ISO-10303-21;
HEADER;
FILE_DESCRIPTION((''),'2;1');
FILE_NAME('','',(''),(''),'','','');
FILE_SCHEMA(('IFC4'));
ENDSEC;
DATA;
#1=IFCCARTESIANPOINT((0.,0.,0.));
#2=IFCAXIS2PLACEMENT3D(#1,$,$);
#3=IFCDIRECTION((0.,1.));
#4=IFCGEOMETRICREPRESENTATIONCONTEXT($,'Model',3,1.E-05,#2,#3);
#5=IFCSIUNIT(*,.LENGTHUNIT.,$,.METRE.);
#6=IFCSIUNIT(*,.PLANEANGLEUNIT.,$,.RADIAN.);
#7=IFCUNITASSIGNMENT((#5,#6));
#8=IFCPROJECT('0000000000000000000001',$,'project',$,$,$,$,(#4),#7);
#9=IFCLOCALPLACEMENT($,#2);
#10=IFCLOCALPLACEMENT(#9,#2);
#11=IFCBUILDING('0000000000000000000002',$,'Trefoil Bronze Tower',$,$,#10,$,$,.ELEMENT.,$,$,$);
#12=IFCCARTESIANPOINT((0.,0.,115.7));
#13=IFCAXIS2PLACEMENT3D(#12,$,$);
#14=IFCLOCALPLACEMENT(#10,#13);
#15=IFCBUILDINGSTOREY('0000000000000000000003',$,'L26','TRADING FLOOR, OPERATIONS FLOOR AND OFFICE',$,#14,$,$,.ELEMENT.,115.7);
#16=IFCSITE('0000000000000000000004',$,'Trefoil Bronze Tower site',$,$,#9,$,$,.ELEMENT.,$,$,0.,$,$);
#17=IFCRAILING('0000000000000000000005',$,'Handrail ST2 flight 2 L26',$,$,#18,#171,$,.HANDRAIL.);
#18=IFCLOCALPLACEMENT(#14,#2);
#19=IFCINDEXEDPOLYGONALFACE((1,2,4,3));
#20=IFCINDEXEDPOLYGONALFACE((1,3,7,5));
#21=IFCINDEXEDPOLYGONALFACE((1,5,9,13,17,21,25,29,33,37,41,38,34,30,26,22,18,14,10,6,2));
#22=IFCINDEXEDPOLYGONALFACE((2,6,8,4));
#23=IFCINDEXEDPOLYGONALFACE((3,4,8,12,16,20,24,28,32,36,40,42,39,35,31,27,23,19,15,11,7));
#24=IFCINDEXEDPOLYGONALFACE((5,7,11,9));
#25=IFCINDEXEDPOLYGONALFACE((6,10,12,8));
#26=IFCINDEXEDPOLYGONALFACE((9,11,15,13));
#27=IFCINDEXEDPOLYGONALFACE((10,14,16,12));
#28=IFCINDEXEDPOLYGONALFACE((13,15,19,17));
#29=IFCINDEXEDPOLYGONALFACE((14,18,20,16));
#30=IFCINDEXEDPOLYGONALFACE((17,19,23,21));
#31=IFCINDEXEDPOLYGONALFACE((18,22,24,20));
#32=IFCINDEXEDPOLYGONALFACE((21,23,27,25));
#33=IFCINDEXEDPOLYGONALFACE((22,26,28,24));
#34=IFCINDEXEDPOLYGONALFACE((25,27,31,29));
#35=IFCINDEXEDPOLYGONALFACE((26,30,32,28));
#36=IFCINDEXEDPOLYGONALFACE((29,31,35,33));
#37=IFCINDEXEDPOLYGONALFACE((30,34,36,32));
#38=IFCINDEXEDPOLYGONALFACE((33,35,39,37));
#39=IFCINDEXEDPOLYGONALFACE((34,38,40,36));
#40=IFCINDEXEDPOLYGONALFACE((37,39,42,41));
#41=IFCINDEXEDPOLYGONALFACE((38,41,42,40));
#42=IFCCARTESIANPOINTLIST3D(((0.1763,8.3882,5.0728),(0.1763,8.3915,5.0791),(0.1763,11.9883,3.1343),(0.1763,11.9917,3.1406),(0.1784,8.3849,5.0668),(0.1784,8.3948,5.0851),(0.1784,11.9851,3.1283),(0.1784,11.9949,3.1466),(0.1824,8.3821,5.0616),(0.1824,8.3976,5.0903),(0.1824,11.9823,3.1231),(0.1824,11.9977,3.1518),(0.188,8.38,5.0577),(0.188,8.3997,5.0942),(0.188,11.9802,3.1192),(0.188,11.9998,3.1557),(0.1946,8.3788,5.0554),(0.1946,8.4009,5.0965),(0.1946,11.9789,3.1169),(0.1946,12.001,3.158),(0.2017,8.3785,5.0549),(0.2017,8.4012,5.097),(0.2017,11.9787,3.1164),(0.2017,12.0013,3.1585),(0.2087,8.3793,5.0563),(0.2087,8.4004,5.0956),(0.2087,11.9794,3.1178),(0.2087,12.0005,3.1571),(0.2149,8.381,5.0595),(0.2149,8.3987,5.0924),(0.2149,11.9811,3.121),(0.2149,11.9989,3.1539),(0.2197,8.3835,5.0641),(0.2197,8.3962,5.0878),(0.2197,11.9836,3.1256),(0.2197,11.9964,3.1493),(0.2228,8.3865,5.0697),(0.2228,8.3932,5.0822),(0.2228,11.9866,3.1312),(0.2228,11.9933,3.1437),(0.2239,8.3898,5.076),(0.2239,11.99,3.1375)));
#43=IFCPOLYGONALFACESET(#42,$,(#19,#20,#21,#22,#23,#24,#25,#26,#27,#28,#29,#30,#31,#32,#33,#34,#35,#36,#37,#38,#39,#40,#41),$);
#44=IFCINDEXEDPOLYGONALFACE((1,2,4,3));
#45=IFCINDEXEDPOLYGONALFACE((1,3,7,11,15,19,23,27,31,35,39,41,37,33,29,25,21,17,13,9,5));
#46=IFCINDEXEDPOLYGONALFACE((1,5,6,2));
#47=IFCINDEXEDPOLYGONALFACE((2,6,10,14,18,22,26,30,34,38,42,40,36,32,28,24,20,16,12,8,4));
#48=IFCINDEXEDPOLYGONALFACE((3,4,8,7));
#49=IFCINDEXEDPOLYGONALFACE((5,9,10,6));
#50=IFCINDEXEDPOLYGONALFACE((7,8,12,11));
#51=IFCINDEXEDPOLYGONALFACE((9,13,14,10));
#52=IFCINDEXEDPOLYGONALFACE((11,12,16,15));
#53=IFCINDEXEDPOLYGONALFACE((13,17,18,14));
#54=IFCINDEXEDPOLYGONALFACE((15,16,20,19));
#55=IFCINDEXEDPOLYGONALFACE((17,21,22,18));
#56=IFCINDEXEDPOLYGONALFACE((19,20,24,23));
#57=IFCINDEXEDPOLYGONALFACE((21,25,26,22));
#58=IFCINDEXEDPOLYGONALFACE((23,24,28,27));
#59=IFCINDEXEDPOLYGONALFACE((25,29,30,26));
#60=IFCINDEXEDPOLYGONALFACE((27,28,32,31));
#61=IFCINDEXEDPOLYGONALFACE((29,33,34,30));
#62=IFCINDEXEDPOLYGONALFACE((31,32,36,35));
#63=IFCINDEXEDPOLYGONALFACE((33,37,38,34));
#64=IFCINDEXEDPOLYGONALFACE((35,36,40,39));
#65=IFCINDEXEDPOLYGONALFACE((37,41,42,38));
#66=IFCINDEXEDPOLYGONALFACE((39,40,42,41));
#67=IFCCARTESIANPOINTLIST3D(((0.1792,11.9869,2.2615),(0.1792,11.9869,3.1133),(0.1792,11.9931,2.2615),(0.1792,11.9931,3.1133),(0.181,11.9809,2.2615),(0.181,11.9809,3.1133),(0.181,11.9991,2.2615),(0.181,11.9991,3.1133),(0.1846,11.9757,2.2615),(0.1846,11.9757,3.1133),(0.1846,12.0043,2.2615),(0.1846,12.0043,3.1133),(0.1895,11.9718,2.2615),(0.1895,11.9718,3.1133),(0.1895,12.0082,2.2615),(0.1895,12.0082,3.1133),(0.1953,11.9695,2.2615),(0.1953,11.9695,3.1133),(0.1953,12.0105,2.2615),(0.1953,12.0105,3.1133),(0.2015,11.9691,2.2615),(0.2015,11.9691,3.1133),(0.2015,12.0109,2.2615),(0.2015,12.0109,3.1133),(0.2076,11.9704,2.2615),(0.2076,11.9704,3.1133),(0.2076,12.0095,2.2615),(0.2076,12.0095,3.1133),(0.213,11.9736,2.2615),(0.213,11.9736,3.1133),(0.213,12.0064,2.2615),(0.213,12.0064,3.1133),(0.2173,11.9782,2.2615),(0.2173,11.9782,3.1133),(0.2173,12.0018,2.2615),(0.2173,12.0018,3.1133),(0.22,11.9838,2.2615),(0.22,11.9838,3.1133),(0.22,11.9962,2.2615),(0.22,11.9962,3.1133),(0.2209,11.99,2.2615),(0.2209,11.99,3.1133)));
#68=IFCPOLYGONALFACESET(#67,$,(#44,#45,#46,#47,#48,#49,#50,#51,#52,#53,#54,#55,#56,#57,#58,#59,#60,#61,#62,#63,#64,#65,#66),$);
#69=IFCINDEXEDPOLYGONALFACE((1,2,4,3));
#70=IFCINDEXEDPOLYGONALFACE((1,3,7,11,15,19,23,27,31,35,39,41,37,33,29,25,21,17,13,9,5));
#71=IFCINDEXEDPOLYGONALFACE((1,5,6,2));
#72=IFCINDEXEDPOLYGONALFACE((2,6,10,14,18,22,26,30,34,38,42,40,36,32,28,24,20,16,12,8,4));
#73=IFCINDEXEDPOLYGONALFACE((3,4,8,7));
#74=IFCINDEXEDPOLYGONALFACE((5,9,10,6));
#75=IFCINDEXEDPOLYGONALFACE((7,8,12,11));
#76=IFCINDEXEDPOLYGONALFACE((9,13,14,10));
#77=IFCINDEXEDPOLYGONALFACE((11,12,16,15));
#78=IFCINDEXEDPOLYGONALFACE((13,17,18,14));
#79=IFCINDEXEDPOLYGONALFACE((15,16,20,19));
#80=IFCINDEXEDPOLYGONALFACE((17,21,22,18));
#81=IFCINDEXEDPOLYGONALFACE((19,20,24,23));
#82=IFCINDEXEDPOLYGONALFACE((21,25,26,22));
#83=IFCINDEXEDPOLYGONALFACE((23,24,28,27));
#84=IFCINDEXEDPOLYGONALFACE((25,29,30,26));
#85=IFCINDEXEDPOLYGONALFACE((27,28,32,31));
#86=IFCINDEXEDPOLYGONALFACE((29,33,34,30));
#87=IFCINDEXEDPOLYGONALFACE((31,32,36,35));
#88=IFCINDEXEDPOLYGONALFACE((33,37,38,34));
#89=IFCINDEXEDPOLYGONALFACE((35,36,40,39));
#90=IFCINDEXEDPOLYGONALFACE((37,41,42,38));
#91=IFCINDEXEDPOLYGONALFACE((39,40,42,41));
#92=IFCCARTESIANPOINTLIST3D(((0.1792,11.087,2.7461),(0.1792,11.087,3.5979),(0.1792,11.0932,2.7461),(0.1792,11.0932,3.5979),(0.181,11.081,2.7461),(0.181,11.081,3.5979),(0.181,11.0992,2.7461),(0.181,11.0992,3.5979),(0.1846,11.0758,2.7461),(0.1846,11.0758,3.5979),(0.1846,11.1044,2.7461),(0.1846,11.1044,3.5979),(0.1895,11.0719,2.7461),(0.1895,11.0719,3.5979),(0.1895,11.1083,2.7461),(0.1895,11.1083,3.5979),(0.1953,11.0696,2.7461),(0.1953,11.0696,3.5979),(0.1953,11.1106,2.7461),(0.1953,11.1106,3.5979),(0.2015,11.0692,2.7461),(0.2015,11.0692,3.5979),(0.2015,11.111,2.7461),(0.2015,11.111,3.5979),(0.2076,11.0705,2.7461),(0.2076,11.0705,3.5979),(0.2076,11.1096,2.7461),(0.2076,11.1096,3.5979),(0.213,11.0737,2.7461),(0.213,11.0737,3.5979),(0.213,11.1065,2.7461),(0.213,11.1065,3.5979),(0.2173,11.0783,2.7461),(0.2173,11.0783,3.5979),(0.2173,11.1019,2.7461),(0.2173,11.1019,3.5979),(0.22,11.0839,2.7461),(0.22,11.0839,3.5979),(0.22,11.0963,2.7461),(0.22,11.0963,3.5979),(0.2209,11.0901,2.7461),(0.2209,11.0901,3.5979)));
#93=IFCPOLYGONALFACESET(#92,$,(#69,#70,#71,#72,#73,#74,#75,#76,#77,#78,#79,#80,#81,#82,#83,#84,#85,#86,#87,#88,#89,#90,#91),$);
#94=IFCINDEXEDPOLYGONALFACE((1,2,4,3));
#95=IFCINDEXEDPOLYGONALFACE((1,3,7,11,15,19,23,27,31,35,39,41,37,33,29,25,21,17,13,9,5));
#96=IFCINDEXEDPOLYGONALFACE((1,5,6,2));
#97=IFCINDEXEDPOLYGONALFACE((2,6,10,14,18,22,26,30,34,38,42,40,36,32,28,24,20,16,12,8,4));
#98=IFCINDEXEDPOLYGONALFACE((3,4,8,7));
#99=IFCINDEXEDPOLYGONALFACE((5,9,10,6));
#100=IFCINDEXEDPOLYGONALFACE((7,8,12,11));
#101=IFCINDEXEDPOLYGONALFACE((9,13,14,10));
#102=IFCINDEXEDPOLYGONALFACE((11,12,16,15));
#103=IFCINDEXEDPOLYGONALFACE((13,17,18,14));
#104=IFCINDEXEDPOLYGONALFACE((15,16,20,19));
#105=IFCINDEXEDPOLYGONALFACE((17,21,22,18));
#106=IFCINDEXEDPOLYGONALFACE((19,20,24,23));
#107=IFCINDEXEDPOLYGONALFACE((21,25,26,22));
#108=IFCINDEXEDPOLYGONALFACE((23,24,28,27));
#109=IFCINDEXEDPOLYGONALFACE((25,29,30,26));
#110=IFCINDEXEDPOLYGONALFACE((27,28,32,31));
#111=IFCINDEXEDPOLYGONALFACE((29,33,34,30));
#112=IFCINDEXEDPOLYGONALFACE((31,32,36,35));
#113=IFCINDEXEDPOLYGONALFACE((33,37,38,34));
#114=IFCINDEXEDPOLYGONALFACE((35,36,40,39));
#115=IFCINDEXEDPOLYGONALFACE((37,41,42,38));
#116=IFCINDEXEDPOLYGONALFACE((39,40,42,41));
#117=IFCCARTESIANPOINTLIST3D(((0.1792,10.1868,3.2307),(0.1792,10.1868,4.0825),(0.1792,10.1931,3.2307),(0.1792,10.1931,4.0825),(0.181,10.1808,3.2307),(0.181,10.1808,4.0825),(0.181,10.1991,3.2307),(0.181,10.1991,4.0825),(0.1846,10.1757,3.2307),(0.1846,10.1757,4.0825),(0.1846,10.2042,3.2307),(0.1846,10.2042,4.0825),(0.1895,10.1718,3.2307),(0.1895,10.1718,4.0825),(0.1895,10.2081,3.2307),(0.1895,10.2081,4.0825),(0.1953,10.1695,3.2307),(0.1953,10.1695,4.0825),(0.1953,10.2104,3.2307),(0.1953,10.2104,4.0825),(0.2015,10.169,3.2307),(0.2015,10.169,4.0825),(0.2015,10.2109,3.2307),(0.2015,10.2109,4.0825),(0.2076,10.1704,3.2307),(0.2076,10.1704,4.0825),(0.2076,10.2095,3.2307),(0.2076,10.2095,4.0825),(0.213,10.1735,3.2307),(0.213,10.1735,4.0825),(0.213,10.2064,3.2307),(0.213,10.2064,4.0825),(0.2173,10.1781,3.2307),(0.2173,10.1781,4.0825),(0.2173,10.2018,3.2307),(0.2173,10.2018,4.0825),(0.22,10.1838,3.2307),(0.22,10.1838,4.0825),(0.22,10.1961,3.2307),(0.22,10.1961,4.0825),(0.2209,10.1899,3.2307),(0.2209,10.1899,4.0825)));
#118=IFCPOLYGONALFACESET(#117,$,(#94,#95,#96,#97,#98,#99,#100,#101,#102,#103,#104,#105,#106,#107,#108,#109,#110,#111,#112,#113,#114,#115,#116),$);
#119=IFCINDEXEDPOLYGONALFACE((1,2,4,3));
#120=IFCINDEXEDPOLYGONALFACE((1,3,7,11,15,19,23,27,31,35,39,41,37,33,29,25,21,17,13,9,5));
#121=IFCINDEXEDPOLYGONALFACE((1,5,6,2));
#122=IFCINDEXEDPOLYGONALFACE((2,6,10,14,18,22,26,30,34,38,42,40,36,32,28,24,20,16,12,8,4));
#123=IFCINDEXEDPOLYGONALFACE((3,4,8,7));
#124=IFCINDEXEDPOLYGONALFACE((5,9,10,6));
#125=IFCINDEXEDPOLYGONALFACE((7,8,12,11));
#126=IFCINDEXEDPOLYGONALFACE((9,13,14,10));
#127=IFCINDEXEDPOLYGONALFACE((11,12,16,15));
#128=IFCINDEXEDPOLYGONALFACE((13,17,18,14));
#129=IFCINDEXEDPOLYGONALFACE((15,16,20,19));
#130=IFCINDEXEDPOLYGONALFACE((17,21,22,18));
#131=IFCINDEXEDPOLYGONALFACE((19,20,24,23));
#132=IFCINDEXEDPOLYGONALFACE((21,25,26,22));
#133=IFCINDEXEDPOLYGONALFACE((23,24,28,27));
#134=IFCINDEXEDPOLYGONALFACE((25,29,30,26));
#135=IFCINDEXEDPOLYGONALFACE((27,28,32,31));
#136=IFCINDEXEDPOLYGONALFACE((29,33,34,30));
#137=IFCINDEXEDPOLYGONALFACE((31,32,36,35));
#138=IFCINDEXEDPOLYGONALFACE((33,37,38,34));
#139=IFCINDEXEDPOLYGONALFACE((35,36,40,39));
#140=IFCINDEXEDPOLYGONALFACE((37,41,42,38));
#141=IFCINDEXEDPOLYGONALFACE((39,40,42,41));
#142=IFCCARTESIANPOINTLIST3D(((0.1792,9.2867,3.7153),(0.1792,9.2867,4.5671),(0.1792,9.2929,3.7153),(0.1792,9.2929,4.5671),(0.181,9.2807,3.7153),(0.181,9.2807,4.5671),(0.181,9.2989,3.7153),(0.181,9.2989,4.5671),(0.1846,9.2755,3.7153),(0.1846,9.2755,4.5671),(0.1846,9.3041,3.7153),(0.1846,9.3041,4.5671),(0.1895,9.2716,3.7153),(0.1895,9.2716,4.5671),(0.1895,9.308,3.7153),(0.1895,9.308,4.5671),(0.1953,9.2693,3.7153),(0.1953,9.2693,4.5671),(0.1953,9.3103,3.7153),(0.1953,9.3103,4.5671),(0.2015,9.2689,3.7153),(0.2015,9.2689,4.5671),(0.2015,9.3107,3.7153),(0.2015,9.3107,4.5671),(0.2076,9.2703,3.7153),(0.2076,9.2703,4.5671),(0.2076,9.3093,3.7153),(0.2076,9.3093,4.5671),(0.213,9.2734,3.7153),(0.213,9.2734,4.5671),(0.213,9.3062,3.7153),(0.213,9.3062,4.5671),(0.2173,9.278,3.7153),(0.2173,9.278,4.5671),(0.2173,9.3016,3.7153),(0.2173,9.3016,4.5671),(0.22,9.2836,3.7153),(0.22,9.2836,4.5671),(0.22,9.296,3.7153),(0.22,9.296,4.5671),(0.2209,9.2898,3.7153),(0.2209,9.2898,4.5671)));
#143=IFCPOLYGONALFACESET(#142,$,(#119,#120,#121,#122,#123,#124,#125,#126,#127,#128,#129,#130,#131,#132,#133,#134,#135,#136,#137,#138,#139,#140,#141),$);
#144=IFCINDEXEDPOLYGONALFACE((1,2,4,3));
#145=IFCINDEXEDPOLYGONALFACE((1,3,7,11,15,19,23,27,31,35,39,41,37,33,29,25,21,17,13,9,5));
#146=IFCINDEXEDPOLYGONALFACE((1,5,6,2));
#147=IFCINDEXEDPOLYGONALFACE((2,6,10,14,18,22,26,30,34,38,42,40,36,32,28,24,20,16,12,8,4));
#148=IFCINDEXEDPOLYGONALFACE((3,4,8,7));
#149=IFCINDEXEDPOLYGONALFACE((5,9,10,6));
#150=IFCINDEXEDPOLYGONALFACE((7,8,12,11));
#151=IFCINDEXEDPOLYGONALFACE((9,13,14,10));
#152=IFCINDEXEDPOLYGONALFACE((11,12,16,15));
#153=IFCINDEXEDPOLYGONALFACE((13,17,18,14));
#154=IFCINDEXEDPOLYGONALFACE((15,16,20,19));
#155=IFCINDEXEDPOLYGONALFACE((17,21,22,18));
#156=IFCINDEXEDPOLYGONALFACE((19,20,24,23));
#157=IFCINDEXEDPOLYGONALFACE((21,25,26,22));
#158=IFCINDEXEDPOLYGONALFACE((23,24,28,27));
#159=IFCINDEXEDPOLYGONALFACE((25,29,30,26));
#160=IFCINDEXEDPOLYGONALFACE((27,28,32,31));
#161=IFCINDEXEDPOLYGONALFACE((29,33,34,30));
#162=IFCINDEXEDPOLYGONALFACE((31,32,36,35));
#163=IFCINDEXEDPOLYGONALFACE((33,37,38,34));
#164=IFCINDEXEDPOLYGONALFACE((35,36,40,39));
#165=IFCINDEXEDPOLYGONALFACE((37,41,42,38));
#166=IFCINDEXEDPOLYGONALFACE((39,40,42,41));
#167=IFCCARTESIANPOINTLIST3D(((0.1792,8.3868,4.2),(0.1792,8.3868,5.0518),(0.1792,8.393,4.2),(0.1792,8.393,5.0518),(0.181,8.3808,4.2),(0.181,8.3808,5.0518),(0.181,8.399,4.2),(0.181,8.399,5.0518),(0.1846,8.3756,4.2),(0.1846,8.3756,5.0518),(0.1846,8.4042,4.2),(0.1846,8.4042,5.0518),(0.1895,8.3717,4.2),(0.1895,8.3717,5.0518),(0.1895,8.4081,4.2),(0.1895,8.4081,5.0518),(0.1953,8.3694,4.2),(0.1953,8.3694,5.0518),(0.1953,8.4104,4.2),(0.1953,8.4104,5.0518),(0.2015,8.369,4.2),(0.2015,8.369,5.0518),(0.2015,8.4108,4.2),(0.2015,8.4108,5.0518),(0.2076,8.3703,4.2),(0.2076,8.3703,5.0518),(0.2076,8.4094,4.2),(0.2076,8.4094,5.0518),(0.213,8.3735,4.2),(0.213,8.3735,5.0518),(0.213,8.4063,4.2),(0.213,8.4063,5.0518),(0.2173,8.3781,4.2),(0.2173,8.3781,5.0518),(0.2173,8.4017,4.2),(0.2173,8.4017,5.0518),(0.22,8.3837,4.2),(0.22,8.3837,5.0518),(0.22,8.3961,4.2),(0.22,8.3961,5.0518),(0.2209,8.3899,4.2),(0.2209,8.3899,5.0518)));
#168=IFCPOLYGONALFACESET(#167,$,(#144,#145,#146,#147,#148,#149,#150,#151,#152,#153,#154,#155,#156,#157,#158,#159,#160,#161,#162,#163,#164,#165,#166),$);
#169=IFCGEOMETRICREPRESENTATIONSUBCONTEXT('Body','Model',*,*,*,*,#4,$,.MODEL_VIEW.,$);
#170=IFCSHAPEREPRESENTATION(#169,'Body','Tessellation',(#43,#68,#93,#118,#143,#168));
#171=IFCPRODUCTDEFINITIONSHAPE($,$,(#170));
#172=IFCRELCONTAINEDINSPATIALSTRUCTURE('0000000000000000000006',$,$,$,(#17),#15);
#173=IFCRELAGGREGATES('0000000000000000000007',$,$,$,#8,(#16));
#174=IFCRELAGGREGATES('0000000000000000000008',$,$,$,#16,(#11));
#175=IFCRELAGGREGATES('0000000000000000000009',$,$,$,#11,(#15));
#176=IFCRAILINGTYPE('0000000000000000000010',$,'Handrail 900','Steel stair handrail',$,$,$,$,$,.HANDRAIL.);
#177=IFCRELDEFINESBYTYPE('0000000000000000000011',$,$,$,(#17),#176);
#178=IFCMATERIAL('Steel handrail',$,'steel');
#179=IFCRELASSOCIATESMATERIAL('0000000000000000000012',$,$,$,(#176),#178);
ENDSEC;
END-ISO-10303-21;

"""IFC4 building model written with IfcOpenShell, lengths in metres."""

from ifc_helpers import new_model, si_unit, direction, frame, origin, origin_2d, place, context, subcontext, project, spatial, circle, extrude, material, type_object, element, save


model = new_model("IFC4")

# Units and contexts
model_context = context("Model", 3, precision=1e-05, world=origin(), true_north=direction((0.0, 1.0)))
body_context = subcontext(model_context, "Body", "Model", "MODEL_VIEW")
ifc_project = project(units=[si_unit("LENGTHUNIT", "METRE"), si_unit("PLANEANGLEUNIT", "RADIAN")], contexts=[model_context])

# Site, building, storey
site_placement = place(None, origin())
site = spatial("IfcSite", under=ifc_project, at=site_placement, Name="Trefoil Bronze Tower site", CompositionType="ELEMENT", RefElevation=0.0)
building_placement = place(site_placement, origin())
building = spatial("IfcBuilding", under=site, at=building_placement, Name="Trefoil Bronze Tower", CompositionType="ELEMENT")
storey_placement = place(building_placement, frame((0.0, 0.0, 115.7)))
storey = spatial("IfcBuildingStorey", under=building, at=storey_placement, Name="L26", Description="TRADING FLOOR, OPERATIONS FLOOR AND OFFICE", CompositionType="ELEMENT", Elevation=115.7)

# Railing
ifc_material_1 = material(Name="Steel handrail", Category="steel")
railing_type = type_object("IfcRailingType", Name="Handrail 900", Description="Steel stair handrail", PredefinedType="HANDRAIL", material=ifc_material_1)
railing_placement = place(storey_placement, frame((0.2, 11.99, 2.2615)))
element("IfcRailing", 1, at=railing_placement, inside=storey, type_object=railing_type, Name="Handrail ST2 flight 2 L26", PredefinedType="HANDRAIL", context=body_context, shape_type="SweptSolid", body=[
    extrude(circle(Radius=0.0239, at=origin_2d()), frame((0.0, 0.0, 0.876), z_axis=(0.0, -0.880475, 0.474093), x_axis=(1.0, 0.0, 0.0)), (0.0, 0.0, 1.0), 4.0889),
    extrude(circle(Radius=0.021, at=origin_2d()), origin(), (0.0, 0.0, 1.0), 0.8518),
    extrude(circle(Radius=0.021, at=origin_2d()), frame((0.0, -0.8999, 0.4846)), (0.0, 0.0, 1.0), 0.8518),
    extrude(circle(Radius=0.021, at=origin_2d()), frame((0.0, -1.8, 0.9692)), (0.0, 0.0, 1.0), 0.8518),
    extrude(circle(Radius=0.021, at=origin_2d()), frame((0.0, -2.7002, 1.4539)), (0.0, 0.0, 1.0), 0.8518),
    extrude(circle(Radius=0.021, at=origin_2d()), frame((0.0, -3.6001, 1.9385)), (0.0, 0.0, 1.0), 0.8518),
])

save(model, "model.ifc")
